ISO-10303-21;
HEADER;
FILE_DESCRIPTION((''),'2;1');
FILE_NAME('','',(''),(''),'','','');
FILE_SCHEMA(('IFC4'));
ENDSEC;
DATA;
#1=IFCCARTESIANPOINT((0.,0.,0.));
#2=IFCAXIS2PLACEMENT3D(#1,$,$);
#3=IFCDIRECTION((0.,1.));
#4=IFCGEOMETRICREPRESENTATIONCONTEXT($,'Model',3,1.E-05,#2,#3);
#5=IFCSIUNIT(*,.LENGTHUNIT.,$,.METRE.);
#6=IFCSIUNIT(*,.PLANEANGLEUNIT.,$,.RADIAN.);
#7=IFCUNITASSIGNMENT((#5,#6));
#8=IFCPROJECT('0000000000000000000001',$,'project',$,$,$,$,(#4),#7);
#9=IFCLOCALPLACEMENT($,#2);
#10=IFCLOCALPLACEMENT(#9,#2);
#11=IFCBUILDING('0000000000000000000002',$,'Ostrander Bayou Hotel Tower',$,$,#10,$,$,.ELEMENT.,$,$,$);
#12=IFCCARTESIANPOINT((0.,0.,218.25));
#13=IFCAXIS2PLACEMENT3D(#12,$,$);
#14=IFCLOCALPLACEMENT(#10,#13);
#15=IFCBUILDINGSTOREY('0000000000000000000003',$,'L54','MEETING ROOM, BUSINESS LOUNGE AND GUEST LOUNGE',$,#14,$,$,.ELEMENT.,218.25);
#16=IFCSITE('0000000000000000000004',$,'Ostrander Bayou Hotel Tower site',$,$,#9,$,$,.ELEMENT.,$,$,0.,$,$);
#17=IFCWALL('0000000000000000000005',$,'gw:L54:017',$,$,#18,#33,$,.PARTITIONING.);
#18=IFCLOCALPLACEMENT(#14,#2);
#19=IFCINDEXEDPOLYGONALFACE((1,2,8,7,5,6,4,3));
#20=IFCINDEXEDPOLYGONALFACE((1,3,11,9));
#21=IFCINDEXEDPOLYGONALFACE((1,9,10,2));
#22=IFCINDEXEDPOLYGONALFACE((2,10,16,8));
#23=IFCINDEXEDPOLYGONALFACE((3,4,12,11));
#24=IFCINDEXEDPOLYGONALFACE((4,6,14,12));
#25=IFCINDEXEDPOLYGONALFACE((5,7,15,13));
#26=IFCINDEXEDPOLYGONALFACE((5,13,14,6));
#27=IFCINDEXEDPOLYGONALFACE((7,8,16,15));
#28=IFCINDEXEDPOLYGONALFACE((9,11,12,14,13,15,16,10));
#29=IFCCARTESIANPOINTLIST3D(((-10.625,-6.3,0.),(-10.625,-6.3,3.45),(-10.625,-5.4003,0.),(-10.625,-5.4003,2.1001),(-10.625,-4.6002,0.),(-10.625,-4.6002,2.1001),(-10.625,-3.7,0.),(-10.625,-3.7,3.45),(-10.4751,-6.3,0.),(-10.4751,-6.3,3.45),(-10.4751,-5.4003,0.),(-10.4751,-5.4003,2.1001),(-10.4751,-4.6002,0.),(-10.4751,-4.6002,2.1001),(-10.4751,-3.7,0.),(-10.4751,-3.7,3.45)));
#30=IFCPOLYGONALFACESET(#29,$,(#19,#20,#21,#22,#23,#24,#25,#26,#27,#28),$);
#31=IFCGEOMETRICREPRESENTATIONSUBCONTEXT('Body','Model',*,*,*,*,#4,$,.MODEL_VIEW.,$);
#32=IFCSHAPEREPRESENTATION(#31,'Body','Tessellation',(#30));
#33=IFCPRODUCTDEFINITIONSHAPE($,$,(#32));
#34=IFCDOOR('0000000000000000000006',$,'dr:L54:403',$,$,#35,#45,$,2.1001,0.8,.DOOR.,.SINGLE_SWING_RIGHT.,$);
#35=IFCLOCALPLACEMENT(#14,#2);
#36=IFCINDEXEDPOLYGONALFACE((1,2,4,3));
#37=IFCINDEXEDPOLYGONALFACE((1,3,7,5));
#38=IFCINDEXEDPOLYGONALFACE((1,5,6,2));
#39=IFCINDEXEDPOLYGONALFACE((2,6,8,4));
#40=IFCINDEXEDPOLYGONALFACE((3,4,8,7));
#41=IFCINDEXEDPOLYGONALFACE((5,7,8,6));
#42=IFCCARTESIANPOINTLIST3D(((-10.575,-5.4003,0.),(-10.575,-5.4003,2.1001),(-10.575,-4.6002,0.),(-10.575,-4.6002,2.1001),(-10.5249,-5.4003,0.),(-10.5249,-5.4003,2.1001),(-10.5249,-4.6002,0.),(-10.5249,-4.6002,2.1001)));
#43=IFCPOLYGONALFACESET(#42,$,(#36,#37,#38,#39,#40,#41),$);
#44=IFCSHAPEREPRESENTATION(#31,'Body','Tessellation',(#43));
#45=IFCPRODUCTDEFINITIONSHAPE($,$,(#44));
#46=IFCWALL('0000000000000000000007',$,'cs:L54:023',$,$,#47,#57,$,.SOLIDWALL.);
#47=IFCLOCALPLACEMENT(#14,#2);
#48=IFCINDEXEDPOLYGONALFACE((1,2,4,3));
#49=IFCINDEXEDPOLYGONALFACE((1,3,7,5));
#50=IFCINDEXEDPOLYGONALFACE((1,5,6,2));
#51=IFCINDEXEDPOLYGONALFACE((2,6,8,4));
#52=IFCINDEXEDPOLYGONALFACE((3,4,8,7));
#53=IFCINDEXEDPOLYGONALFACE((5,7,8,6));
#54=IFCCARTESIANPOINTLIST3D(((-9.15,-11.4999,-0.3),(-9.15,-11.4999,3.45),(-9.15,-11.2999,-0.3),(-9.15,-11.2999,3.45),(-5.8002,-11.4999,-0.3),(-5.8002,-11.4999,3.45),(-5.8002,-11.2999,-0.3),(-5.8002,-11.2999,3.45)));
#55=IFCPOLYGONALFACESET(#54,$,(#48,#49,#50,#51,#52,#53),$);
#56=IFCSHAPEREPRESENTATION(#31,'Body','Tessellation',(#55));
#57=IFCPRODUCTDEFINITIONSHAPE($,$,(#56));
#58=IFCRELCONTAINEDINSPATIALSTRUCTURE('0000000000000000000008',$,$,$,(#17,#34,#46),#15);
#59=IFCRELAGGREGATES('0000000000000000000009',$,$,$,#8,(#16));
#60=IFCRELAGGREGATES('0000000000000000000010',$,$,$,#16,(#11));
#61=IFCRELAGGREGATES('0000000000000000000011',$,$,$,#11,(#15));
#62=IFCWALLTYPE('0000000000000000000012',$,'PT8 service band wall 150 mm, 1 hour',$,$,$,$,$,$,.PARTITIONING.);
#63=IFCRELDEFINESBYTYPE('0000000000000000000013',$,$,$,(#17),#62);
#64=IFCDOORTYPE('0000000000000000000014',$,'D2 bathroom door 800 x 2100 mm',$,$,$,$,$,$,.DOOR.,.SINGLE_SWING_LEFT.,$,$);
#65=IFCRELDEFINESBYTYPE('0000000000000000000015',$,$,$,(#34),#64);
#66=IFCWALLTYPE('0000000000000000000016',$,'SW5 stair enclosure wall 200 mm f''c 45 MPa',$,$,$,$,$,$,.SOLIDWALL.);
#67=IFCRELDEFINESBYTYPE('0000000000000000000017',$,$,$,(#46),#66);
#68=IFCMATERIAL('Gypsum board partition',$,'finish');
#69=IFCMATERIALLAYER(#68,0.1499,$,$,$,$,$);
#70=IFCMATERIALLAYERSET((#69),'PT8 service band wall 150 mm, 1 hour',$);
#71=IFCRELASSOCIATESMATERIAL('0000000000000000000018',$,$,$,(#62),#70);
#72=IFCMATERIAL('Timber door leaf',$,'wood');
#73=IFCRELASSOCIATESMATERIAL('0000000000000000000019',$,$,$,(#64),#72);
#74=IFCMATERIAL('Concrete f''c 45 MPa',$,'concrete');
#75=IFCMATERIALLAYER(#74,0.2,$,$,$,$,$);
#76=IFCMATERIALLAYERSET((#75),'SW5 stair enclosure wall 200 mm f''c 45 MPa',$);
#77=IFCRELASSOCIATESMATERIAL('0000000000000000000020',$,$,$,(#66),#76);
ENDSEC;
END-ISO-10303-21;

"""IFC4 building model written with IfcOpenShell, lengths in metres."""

from ifc_helpers import new_model, si_unit, direction, frame, frame_2d, origin, place, context, subcontext, project, spatial, rectangle, extrude, material, layer, layer_set, type_object, element, fill, save


model = new_model("IFC4")

# Units and contexts
model_context = context("Model", 3, precision=1e-05, world=origin(), true_north=direction((0.0, 1.0)))
body_context = subcontext(model_context, "Body", "Model", "MODEL_VIEW")
ifc_project = project(units=[si_unit("LENGTHUNIT", "METRE"), si_unit("PLANEANGLEUNIT", "RADIAN")], contexts=[model_context])

# Site, building, storey
site_placement = place(None, origin())
site = spatial("IfcSite", under=ifc_project, at=site_placement, Name="Ostrander Bayou Hotel Tower site", CompositionType="ELEMENT", RefElevation=0.0)
building_placement = place(site_placement, origin())
building = spatial("IfcBuilding", under=site, at=building_placement, Name="Ostrander Bayou Hotel Tower", CompositionType="ELEMENT")
storey_placement = place(building_placement, frame((0.0, 0.0, 218.25)))
storey = spatial("IfcBuildingStorey", under=building, at=storey_placement, Name="L54", Description="MEETING ROOM, BUSINESS LOUNGE AND GUEST LOUNGE", CompositionType="ELEMENT", Elevation=218.25)

# Shared definitions
ifc_material_1 = material(Name="Gypsum board partition", Category="finish")
ifc_layer_1 = layer(ifc_material_1, 0.1499)
ifc_layer_set_1 = layer_set([ifc_layer_1], Name="PT8 service band wall 150 mm, 1 hour")
wall_type_1 = type_object("IfcWallType", Name="PT8 service band wall 150 mm, 1 hour", PredefinedType="PARTITIONING", material=ifc_layer_set_1)

# Wall, opening, door
wall_1_placement = place(storey_placement, frame((-10.55, -6.3, 0.0), z_axis=(0.0, 0.0, 1.0), x_axis=(0.0, 1.0, 0.0)))
wall_1 = element("IfcWall", 1, at=wall_1_placement, inside=storey, type_object=wall_type_1, Name="gw:L54:017", PredefinedType="PARTITIONING", context=body_context, shape_type="SweptSolid", body=[
    extrude(rectangle(XDim=2.6001, YDim=0.1499, at=frame_2d((1.3, 0.0))), origin(), (0.0, 0.0, 1.0), 3.45),
])
opening_placement = place(wall_1_placement, frame((0.8999, 0.0, 0.0)))
opening = element("IfcOpeningElement", 2, at=opening_placement, cuts=wall_1, PredefinedType="OPENING", context=body_context, shape_type="SweptSolid", body=[
    extrude(rectangle(XDim=0.8, YDim=2.1001, at=frame_2d((0.3999, 1.05))), frame((0.0, 0.075, 0.0), z_axis=(0.0, -1.0, 0.0), x_axis=(1.0, 0.0, 0.0)), (0.0, 0.0, 1.0), 0.1499),
])
ifc_material_2 = material(Name="Timber door leaf", Category="wood")
door_type = type_object("IfcDoorType", Name="D2 bathroom door 800 x 2100 mm", OperationType="SINGLE_SWING_LEFT", PredefinedType="DOOR", material=ifc_material_2)
door_placement = place(opening_placement, origin())
door = element("IfcDoor", 3, at=door_placement, inside=storey, type_object=door_type, Name="dr:L54:403", OperationType="SINGLE_SWING_RIGHT", OverallHeight=2.1001, OverallWidth=0.8, PredefinedType="DOOR", context=body_context, shape_type="SweptSolid", body=[
    extrude(rectangle(XDim=0.8, YDim=2.1001, at=frame_2d((0.3999, 1.05))), frame((0.0, 0.0249, 0.0), z_axis=(0.0, -1.0, 0.0), x_axis=(1.0, 0.0, 0.0)), (0.0, 0.0, 1.0), 0.05),
])
fill(opening, door)

# Wall
ifc_material_3 = material(Name="Concrete f'c 45 MPa", Category="concrete")
ifc_layer_2 = layer(ifc_material_3, 0.2)
ifc_layer_set_2 = layer_set([ifc_layer_2], Name="SW5 stair enclosure wall 200 mm f'c 45 MPa")
wall_type_2 = type_object("IfcWallType", Name="SW5 stair enclosure wall 200 mm f'c 45 MPa", PredefinedType="SOLIDWALL", material=ifc_layer_set_2)
wall_2_placement = place(storey_placement, frame((-9.1499, -11.3999, -0.3), z_axis=(0.0, 0.0, 1.0), x_axis=(1.0, 0.0, 0.0)))
element("IfcWall", 4, at=wall_2_placement, inside=storey, type_object=wall_type_2, Name="cs:L54:023", PredefinedType="SOLIDWALL", context=body_context, shape_type="SweptSolid", body=[
    extrude(rectangle(XDim=3.3499, YDim=0.2, at=frame_2d((1.6748, 0.0))), origin(), (0.0, 0.0, 1.0), 3.75),
])

save(model, "model.ifc")
